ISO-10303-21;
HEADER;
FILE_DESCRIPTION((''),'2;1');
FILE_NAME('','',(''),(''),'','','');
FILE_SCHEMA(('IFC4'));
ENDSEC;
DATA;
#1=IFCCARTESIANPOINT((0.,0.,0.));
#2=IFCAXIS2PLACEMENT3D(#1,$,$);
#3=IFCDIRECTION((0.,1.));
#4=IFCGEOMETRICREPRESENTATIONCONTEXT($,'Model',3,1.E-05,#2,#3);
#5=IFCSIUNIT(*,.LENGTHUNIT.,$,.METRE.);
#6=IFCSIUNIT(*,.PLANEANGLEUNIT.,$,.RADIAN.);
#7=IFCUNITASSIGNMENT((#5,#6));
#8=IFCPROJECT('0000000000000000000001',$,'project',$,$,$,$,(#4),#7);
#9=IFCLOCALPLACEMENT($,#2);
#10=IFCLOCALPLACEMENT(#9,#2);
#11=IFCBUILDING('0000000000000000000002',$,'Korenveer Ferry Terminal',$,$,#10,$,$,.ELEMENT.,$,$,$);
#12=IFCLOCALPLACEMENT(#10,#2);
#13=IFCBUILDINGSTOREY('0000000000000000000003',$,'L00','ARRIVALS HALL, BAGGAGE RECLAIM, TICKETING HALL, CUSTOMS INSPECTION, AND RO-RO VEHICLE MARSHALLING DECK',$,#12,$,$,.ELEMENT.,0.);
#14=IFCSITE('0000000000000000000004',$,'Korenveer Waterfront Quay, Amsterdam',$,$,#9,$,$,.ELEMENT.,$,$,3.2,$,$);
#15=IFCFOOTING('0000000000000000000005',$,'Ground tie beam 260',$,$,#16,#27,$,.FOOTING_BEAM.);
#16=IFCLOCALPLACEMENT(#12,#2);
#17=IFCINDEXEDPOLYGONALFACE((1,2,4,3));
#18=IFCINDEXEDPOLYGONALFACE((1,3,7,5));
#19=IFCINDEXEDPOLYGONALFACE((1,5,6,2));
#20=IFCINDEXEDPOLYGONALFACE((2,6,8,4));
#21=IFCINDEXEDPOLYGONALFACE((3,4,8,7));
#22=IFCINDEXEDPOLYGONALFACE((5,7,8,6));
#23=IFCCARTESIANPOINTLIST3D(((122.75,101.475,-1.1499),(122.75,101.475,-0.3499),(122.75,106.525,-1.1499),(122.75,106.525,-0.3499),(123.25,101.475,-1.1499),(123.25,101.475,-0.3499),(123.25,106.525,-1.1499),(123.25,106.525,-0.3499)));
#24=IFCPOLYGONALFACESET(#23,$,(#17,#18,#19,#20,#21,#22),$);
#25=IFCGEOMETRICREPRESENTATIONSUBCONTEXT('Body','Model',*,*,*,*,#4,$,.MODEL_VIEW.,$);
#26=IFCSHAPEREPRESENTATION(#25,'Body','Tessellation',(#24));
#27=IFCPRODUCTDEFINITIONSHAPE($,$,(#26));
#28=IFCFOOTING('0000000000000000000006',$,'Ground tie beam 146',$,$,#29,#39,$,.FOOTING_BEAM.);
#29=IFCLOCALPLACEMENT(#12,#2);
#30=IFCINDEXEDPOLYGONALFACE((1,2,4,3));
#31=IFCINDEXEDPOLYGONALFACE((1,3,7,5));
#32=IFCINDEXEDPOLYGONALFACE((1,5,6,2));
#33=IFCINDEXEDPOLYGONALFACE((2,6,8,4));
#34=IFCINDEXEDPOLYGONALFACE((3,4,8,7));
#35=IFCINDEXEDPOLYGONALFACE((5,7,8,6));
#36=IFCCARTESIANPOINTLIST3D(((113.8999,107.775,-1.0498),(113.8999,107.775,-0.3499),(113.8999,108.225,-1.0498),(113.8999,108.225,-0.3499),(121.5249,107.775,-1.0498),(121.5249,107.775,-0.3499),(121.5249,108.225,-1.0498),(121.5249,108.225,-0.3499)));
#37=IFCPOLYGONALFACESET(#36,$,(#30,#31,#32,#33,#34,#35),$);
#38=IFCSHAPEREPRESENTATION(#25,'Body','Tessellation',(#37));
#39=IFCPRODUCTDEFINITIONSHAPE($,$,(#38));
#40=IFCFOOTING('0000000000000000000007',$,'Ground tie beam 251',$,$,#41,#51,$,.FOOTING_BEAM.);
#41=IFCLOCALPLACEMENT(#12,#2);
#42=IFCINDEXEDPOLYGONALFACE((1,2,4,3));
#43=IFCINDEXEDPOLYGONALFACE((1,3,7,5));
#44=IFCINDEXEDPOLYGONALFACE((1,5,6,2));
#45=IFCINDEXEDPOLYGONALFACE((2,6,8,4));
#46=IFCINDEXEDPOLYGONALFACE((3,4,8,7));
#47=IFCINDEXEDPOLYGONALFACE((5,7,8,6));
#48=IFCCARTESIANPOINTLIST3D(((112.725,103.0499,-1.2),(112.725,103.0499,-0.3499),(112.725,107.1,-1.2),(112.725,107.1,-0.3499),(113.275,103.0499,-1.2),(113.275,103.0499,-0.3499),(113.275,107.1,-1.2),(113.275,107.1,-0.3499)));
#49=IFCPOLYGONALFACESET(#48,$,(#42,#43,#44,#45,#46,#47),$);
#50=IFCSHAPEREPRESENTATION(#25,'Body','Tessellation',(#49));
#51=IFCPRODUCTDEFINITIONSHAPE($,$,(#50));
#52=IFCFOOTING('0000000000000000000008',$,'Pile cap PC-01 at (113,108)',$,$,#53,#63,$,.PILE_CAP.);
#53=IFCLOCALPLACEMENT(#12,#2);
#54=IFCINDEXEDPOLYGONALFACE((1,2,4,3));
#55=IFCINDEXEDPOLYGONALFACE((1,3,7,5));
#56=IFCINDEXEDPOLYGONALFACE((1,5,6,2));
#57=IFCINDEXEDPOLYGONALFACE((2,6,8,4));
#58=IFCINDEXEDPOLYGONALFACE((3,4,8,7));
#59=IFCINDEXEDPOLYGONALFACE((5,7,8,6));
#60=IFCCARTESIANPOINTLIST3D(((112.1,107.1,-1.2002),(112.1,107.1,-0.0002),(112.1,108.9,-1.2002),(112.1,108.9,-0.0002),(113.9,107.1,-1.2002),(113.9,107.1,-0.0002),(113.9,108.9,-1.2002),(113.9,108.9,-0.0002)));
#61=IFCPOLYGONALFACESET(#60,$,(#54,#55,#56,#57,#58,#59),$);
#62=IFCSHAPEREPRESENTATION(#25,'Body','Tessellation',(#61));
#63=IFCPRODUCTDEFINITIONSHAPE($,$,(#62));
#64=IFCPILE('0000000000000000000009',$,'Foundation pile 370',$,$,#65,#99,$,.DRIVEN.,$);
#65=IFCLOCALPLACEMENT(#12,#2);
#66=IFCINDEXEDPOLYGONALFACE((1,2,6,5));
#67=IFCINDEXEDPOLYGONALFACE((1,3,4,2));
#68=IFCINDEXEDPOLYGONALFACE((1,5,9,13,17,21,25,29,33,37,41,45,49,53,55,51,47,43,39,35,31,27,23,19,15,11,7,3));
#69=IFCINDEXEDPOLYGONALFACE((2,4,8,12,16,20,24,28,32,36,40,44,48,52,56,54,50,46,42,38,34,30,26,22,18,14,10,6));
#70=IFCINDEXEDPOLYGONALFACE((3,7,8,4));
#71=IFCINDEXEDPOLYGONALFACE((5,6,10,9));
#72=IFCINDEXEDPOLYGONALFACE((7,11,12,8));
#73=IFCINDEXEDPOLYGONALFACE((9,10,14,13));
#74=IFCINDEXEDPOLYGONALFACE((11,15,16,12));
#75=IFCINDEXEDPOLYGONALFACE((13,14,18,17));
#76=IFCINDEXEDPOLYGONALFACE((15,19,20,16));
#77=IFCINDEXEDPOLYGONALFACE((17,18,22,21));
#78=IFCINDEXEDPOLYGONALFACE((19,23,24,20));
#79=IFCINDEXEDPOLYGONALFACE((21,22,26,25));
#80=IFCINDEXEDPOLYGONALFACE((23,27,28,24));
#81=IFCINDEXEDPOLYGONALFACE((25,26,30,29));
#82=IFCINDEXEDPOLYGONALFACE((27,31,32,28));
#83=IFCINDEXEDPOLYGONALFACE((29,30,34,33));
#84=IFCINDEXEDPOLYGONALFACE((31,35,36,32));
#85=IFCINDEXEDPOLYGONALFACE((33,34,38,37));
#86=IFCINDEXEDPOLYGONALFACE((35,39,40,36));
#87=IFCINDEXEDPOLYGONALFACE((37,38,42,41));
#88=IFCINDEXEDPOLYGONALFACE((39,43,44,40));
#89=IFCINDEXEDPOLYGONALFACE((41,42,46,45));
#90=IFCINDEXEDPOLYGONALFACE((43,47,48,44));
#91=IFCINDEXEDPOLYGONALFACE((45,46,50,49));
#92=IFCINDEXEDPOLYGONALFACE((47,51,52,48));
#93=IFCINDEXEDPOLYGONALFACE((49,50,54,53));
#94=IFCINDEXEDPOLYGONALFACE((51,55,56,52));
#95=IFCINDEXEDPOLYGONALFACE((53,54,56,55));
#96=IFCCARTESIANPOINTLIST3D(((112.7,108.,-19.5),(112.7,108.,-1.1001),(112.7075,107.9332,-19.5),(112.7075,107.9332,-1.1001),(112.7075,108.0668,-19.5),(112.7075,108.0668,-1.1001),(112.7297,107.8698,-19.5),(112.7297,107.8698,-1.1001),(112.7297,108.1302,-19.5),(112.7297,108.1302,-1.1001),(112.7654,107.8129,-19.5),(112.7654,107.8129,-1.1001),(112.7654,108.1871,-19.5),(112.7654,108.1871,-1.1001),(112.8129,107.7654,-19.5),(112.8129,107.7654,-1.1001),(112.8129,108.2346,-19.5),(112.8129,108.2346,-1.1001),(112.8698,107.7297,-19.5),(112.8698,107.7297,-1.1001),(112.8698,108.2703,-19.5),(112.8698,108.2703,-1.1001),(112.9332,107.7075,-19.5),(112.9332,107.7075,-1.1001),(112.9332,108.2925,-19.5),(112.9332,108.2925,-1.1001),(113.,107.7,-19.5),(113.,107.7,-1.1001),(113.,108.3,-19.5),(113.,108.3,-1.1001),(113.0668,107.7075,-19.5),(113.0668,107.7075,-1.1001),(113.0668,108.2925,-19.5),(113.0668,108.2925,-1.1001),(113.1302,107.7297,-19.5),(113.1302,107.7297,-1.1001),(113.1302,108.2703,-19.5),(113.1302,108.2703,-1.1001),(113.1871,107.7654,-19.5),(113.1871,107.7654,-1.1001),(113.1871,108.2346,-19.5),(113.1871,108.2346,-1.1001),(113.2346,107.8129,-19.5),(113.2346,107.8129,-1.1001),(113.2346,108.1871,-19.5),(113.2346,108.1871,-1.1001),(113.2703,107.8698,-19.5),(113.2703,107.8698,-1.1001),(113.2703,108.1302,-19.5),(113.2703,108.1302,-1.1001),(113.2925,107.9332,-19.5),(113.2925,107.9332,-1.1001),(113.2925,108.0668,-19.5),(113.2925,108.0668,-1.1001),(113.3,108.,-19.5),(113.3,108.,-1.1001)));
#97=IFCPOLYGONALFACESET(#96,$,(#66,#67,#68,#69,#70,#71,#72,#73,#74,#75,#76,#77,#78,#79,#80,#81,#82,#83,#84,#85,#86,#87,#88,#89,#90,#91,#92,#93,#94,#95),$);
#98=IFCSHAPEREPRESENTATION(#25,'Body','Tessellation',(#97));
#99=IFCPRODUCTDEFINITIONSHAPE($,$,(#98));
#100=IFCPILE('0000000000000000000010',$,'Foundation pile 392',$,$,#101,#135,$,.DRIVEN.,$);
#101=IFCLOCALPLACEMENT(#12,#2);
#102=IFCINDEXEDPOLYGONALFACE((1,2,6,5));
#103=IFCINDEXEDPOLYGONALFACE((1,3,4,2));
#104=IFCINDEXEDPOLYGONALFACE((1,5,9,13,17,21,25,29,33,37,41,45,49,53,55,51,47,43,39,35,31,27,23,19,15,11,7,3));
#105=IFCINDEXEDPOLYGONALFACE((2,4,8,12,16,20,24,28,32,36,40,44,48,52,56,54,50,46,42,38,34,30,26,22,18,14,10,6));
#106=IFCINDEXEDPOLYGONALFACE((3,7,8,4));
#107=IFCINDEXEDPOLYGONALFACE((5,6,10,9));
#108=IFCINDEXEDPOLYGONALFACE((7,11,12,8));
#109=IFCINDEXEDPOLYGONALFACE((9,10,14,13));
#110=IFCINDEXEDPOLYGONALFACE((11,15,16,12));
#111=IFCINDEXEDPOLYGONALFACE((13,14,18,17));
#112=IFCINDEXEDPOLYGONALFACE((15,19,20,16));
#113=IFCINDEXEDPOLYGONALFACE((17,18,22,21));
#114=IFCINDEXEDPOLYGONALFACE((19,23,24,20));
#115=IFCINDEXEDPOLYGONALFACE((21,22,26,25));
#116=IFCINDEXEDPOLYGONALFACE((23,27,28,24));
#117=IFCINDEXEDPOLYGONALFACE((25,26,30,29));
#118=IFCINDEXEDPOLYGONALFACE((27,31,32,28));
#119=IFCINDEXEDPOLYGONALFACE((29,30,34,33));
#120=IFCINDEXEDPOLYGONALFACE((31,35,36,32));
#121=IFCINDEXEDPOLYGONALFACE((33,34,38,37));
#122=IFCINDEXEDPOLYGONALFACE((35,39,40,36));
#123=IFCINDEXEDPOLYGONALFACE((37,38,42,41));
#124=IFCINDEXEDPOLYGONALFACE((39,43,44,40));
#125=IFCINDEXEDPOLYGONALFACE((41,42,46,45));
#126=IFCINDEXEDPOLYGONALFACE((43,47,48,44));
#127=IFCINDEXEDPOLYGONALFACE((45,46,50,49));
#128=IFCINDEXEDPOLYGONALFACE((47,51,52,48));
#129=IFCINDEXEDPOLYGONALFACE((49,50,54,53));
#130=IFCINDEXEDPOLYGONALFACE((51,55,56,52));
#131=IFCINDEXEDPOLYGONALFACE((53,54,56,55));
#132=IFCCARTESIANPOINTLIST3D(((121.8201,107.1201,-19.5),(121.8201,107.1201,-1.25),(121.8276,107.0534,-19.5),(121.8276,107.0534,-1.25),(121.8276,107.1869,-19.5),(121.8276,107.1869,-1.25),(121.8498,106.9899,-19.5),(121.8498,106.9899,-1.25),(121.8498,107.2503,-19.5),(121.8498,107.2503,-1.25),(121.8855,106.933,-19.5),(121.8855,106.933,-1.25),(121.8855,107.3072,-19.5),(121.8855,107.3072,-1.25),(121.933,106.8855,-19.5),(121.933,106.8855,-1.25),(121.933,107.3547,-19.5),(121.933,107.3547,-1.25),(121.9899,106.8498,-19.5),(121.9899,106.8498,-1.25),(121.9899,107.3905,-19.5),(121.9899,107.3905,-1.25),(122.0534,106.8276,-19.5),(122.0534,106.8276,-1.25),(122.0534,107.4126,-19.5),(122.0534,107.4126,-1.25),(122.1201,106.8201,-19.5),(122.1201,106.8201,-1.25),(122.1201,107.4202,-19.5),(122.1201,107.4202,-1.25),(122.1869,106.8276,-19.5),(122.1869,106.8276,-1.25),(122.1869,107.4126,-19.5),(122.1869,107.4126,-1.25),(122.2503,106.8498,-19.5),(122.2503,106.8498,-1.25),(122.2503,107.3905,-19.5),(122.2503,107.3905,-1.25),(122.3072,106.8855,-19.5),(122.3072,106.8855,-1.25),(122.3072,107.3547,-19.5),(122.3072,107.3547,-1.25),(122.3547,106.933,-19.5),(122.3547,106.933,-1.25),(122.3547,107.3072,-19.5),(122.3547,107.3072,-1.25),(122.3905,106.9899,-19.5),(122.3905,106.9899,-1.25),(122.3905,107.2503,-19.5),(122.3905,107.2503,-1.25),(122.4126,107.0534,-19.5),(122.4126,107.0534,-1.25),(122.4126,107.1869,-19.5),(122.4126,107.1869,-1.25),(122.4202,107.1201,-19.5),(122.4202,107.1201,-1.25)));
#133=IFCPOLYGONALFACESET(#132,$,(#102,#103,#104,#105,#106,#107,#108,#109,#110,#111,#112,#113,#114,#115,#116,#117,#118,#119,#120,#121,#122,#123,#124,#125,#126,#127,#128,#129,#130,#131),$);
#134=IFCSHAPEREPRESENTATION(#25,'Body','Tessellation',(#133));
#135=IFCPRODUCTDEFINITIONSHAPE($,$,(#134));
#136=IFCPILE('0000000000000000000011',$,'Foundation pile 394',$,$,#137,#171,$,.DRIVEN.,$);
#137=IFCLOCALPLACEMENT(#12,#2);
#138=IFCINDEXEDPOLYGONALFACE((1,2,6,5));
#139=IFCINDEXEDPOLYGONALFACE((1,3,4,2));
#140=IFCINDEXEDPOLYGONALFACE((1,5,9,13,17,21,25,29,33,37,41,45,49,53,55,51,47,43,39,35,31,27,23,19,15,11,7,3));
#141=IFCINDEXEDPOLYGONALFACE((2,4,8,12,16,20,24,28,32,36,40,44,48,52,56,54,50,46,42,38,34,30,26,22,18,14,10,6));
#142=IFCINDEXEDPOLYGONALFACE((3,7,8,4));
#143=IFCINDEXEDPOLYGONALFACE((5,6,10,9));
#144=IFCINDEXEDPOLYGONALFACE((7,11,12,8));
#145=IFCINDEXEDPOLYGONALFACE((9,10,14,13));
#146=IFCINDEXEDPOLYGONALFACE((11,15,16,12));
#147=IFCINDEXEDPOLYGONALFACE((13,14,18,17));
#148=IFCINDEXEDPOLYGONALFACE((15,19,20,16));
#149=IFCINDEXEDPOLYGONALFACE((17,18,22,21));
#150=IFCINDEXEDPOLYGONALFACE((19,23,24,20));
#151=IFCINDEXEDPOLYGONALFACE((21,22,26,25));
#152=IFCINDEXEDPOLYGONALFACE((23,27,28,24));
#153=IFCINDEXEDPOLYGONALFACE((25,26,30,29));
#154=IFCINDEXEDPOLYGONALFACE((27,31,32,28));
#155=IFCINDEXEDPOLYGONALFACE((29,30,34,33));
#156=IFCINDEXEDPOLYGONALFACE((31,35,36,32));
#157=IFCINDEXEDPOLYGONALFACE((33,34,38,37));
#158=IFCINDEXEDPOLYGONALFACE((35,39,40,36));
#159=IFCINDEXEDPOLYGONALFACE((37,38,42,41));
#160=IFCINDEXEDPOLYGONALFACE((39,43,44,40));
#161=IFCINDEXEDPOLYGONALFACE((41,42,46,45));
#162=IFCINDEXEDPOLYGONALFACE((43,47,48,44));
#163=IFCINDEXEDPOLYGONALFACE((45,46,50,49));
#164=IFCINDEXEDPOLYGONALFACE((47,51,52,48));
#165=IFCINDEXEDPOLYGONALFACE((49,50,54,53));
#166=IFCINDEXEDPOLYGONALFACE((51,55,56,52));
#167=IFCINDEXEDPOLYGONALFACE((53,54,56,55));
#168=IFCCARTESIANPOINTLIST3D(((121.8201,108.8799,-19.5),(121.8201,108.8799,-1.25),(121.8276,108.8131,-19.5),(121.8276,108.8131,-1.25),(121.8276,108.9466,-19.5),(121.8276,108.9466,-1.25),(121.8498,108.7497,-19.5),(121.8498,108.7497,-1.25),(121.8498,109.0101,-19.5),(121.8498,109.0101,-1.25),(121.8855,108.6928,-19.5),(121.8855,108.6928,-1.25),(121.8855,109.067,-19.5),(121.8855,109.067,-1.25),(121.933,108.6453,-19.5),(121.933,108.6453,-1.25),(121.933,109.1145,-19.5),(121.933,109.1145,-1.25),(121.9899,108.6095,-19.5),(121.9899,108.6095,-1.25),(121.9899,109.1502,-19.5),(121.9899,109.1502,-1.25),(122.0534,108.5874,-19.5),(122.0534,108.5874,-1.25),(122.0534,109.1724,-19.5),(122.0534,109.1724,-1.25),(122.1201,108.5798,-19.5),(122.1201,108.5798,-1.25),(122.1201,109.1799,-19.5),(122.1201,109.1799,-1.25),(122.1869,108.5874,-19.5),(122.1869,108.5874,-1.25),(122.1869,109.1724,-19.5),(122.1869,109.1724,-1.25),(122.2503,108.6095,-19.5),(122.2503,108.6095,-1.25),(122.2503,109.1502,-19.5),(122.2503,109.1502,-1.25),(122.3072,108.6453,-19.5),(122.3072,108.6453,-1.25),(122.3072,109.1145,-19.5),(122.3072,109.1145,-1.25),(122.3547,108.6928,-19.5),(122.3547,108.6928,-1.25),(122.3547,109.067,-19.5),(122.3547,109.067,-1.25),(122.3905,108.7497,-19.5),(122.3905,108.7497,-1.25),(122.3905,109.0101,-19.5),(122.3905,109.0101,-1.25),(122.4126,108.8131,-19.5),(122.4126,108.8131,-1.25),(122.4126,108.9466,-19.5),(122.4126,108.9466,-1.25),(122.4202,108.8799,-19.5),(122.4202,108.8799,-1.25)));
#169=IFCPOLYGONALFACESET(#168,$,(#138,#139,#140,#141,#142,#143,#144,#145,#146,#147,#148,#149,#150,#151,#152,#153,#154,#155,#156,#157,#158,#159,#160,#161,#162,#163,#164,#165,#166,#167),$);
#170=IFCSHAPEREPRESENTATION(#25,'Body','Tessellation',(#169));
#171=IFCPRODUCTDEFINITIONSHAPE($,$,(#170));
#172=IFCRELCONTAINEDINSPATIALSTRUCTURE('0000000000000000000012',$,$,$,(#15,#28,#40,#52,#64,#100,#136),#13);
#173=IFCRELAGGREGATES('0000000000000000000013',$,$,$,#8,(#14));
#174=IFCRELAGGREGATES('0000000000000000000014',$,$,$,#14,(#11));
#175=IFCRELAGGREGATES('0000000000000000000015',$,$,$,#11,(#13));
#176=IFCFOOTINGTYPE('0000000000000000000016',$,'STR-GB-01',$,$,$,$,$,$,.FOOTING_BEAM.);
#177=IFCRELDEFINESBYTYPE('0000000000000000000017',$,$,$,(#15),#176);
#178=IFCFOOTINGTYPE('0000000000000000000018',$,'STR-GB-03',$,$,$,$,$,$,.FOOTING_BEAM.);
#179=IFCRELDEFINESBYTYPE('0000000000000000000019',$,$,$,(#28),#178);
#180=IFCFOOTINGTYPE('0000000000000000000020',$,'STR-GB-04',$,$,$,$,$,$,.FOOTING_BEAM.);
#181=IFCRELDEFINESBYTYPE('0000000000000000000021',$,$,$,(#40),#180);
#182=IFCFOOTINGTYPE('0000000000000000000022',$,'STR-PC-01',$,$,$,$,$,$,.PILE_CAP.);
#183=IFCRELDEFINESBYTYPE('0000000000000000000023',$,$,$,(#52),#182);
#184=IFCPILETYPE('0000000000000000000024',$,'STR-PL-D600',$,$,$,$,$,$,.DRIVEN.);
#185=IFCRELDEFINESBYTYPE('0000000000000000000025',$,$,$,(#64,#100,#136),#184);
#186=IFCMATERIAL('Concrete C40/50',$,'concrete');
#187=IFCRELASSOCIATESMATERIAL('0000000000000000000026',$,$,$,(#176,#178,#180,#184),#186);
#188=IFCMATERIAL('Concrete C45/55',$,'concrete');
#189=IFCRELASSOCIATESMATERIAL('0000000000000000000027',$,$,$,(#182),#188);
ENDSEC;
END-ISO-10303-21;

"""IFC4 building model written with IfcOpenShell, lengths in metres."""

from ifc_helpers import new_model, si_unit, direction, frame, origin, origin_2d, place, context, subcontext, project, spatial, rectangle, circle, extrude, material, material_profile, profile_set, type_object, element, save


model = new_model("IFC4")

# Units and contexts
model_context = context("Model", 3, precision=1e-05, world=origin(), true_north=direction((0.0, 1.0)))
body_context = subcontext(model_context, "Body", "Model", "MODEL_VIEW")
ifc_project = project(units=[si_unit("LENGTHUNIT", "METRE"), si_unit("PLANEANGLEUNIT", "RADIAN")], contexts=[model_context])

# Site, building, storey
site_placement = place(None, origin())
site = spatial("IfcSite", under=ifc_project, at=site_placement, Name="Korenveer Waterfront Quay, Amsterdam", CompositionType="ELEMENT", RefElevation=3.2)
building_placement = place(site_placement, origin())
building = spatial("IfcBuilding", under=site, at=building_placement, Name="Korenveer Ferry Terminal", CompositionType="ELEMENT")
storey_placement = place(building_placement, origin())
storey = spatial("IfcBuildingStorey", under=building, at=storey_placement, Name="L00", Description="ARRIVALS HALL, BAGGAGE RECLAIM, TICKETING HALL, CUSTOMS INSPECTION, AND RO-RO VEHICLE MARSHALLING DECK", CompositionType="ELEMENT", Elevation=0.0)

# Footings
ifc_material_1 = material(Name="Concrete C40/50", Category="concrete")
footing_type_1 = type_object("IfcFootingType", Name="STR-GB-01", PredefinedType="FOOTING_BEAM", material=ifc_material_1)
footing_1_placement = place(storey_placement, frame((123.0, 104.0, -1.1499), z_axis=(0.0, 0.0, 1.0), x_axis=(1.0, 0.0, 0.0)))
element("IfcFooting", 1, at=footing_1_placement, inside=storey, type_object=footing_type_1, Name="Ground tie beam 260", PredefinedType="FOOTING_BEAM", context=body_context, shape_type="SweptSolid", body=[
    extrude(rectangle(XDim=0.5, YDim=5.05, at=origin_2d()), origin(), (0.0, 0.0, 1.0), 0.8),
])
footing_type_2 = type_object("IfcFootingType", Name="STR-GB-03", PredefinedType="FOOTING_BEAM", material=ifc_material_1)
footing_2_placement = place(storey_placement, frame((117.7124, 108.0, -1.0498), z_axis=(0.0, 0.0, 1.0), x_axis=(1.0, 0.0, 0.0)))
element("IfcFooting", 2, at=footing_2_placement, inside=storey, type_object=footing_type_2, Name="Ground tie beam 146", PredefinedType="FOOTING_BEAM", context=body_context, shape_type="SweptSolid", body=[
    extrude(rectangle(XDim=7.625, YDim=0.45, at=origin_2d()), origin(), (0.0, 0.0, 1.0), 0.7),
])
footing_type_3 = type_object("IfcFootingType", Name="STR-GB-04", PredefinedType="FOOTING_BEAM", material=ifc_material_1)
footing_3_placement = place(storey_placement, frame((113.0, 105.075, -1.2), z_axis=(0.0, 0.0, 1.0), x_axis=(1.0, 0.0, 0.0)))
element("IfcFooting", 3, at=footing_3_placement, inside=storey, type_object=footing_type_3, Name="Ground tie beam 251", PredefinedType="FOOTING_BEAM", context=body_context, shape_type="SweptSolid", body=[
    extrude(rectangle(XDim=0.55, YDim=4.05, at=origin_2d()), origin(), (0.0, 0.0, 1.0), 0.8501),
])
ifc_material_2 = material(Name="Concrete C45/55", Category="concrete")
footing_type_4 = type_object("IfcFootingType", Name="STR-PC-01", PredefinedType="PILE_CAP", material=ifc_material_2)
footing_4_placement = place(storey_placement, frame((113.0, 108.0, -1.2002), z_axis=(0.0, 0.0, 1.0), x_axis=(1.0, 0.0, 0.0)))
element("IfcFooting", 4, at=footing_4_placement, inside=storey, type_object=footing_type_4, Name="Pile cap PC-01 at (113,108)", PredefinedType="PILE_CAP", context=body_context, shape_type="SweptSolid", body=[
    extrude(rectangle(XDim=1.8, YDim=1.8, at=origin_2d()), origin(), (0.0, 0.0, 1.0), 1.2),
])

# Piles
ifc_material_profile_1 = material_profile(ifc_material_1, circle(Radius=0.3, at=origin_2d()), Name="PILE D600")
ifc_profile_set_1 = profile_set([ifc_material_profile_1], Name="Concrete C40/50")
pile_type_1 = type_object("IfcPileType", Name="STR-PL-D600", PredefinedType="DRIVEN", material=ifc_profile_set_1)
pile_placement = place(storey_placement, frame((113.0, 108.0, -1.1001), z_axis=(0.0, 0.0, -1.0), x_axis=(1.0, 0.0, 0.0)))
element("IfcPile", 5, at=pile_placement, inside=storey, type_object=pile_type_1, Name="Foundation pile 370", PredefinedType="DRIVEN", context=body_context, shape_type="SweptSolid", body=[
    extrude(circle(Radius=0.3, at=origin_2d()), origin(), (0.0, 0.0, 1.0), 18.3999),
])
for number, where, z_axis, x_axis, name in (
    (6, (122.1201, 107.1201, -1.25), (0.0, 0.0, -1.0), (1.0, 0.0, 0.0), "Foundation pile 392"),
    (7, (122.1201, 108.8799, -1.25), (0.0, 0.0, -1.0), (1.0, 0.0, 0.0), "Foundation pile 394"),
):
    element("IfcPile", number, at=place(storey_placement, frame(where, z_axis=z_axis, x_axis=x_axis)), inside=storey, type_object=pile_type_1, Name=name, PredefinedType="DRIVEN", context=body_context, shape_type="SweptSolid", body=[
        extrude(circle(Radius=0.3, at=origin_2d()), origin(), (0.0, 0.0, 1.0), 18.25),
    ])

save(model, "model.ifc")
